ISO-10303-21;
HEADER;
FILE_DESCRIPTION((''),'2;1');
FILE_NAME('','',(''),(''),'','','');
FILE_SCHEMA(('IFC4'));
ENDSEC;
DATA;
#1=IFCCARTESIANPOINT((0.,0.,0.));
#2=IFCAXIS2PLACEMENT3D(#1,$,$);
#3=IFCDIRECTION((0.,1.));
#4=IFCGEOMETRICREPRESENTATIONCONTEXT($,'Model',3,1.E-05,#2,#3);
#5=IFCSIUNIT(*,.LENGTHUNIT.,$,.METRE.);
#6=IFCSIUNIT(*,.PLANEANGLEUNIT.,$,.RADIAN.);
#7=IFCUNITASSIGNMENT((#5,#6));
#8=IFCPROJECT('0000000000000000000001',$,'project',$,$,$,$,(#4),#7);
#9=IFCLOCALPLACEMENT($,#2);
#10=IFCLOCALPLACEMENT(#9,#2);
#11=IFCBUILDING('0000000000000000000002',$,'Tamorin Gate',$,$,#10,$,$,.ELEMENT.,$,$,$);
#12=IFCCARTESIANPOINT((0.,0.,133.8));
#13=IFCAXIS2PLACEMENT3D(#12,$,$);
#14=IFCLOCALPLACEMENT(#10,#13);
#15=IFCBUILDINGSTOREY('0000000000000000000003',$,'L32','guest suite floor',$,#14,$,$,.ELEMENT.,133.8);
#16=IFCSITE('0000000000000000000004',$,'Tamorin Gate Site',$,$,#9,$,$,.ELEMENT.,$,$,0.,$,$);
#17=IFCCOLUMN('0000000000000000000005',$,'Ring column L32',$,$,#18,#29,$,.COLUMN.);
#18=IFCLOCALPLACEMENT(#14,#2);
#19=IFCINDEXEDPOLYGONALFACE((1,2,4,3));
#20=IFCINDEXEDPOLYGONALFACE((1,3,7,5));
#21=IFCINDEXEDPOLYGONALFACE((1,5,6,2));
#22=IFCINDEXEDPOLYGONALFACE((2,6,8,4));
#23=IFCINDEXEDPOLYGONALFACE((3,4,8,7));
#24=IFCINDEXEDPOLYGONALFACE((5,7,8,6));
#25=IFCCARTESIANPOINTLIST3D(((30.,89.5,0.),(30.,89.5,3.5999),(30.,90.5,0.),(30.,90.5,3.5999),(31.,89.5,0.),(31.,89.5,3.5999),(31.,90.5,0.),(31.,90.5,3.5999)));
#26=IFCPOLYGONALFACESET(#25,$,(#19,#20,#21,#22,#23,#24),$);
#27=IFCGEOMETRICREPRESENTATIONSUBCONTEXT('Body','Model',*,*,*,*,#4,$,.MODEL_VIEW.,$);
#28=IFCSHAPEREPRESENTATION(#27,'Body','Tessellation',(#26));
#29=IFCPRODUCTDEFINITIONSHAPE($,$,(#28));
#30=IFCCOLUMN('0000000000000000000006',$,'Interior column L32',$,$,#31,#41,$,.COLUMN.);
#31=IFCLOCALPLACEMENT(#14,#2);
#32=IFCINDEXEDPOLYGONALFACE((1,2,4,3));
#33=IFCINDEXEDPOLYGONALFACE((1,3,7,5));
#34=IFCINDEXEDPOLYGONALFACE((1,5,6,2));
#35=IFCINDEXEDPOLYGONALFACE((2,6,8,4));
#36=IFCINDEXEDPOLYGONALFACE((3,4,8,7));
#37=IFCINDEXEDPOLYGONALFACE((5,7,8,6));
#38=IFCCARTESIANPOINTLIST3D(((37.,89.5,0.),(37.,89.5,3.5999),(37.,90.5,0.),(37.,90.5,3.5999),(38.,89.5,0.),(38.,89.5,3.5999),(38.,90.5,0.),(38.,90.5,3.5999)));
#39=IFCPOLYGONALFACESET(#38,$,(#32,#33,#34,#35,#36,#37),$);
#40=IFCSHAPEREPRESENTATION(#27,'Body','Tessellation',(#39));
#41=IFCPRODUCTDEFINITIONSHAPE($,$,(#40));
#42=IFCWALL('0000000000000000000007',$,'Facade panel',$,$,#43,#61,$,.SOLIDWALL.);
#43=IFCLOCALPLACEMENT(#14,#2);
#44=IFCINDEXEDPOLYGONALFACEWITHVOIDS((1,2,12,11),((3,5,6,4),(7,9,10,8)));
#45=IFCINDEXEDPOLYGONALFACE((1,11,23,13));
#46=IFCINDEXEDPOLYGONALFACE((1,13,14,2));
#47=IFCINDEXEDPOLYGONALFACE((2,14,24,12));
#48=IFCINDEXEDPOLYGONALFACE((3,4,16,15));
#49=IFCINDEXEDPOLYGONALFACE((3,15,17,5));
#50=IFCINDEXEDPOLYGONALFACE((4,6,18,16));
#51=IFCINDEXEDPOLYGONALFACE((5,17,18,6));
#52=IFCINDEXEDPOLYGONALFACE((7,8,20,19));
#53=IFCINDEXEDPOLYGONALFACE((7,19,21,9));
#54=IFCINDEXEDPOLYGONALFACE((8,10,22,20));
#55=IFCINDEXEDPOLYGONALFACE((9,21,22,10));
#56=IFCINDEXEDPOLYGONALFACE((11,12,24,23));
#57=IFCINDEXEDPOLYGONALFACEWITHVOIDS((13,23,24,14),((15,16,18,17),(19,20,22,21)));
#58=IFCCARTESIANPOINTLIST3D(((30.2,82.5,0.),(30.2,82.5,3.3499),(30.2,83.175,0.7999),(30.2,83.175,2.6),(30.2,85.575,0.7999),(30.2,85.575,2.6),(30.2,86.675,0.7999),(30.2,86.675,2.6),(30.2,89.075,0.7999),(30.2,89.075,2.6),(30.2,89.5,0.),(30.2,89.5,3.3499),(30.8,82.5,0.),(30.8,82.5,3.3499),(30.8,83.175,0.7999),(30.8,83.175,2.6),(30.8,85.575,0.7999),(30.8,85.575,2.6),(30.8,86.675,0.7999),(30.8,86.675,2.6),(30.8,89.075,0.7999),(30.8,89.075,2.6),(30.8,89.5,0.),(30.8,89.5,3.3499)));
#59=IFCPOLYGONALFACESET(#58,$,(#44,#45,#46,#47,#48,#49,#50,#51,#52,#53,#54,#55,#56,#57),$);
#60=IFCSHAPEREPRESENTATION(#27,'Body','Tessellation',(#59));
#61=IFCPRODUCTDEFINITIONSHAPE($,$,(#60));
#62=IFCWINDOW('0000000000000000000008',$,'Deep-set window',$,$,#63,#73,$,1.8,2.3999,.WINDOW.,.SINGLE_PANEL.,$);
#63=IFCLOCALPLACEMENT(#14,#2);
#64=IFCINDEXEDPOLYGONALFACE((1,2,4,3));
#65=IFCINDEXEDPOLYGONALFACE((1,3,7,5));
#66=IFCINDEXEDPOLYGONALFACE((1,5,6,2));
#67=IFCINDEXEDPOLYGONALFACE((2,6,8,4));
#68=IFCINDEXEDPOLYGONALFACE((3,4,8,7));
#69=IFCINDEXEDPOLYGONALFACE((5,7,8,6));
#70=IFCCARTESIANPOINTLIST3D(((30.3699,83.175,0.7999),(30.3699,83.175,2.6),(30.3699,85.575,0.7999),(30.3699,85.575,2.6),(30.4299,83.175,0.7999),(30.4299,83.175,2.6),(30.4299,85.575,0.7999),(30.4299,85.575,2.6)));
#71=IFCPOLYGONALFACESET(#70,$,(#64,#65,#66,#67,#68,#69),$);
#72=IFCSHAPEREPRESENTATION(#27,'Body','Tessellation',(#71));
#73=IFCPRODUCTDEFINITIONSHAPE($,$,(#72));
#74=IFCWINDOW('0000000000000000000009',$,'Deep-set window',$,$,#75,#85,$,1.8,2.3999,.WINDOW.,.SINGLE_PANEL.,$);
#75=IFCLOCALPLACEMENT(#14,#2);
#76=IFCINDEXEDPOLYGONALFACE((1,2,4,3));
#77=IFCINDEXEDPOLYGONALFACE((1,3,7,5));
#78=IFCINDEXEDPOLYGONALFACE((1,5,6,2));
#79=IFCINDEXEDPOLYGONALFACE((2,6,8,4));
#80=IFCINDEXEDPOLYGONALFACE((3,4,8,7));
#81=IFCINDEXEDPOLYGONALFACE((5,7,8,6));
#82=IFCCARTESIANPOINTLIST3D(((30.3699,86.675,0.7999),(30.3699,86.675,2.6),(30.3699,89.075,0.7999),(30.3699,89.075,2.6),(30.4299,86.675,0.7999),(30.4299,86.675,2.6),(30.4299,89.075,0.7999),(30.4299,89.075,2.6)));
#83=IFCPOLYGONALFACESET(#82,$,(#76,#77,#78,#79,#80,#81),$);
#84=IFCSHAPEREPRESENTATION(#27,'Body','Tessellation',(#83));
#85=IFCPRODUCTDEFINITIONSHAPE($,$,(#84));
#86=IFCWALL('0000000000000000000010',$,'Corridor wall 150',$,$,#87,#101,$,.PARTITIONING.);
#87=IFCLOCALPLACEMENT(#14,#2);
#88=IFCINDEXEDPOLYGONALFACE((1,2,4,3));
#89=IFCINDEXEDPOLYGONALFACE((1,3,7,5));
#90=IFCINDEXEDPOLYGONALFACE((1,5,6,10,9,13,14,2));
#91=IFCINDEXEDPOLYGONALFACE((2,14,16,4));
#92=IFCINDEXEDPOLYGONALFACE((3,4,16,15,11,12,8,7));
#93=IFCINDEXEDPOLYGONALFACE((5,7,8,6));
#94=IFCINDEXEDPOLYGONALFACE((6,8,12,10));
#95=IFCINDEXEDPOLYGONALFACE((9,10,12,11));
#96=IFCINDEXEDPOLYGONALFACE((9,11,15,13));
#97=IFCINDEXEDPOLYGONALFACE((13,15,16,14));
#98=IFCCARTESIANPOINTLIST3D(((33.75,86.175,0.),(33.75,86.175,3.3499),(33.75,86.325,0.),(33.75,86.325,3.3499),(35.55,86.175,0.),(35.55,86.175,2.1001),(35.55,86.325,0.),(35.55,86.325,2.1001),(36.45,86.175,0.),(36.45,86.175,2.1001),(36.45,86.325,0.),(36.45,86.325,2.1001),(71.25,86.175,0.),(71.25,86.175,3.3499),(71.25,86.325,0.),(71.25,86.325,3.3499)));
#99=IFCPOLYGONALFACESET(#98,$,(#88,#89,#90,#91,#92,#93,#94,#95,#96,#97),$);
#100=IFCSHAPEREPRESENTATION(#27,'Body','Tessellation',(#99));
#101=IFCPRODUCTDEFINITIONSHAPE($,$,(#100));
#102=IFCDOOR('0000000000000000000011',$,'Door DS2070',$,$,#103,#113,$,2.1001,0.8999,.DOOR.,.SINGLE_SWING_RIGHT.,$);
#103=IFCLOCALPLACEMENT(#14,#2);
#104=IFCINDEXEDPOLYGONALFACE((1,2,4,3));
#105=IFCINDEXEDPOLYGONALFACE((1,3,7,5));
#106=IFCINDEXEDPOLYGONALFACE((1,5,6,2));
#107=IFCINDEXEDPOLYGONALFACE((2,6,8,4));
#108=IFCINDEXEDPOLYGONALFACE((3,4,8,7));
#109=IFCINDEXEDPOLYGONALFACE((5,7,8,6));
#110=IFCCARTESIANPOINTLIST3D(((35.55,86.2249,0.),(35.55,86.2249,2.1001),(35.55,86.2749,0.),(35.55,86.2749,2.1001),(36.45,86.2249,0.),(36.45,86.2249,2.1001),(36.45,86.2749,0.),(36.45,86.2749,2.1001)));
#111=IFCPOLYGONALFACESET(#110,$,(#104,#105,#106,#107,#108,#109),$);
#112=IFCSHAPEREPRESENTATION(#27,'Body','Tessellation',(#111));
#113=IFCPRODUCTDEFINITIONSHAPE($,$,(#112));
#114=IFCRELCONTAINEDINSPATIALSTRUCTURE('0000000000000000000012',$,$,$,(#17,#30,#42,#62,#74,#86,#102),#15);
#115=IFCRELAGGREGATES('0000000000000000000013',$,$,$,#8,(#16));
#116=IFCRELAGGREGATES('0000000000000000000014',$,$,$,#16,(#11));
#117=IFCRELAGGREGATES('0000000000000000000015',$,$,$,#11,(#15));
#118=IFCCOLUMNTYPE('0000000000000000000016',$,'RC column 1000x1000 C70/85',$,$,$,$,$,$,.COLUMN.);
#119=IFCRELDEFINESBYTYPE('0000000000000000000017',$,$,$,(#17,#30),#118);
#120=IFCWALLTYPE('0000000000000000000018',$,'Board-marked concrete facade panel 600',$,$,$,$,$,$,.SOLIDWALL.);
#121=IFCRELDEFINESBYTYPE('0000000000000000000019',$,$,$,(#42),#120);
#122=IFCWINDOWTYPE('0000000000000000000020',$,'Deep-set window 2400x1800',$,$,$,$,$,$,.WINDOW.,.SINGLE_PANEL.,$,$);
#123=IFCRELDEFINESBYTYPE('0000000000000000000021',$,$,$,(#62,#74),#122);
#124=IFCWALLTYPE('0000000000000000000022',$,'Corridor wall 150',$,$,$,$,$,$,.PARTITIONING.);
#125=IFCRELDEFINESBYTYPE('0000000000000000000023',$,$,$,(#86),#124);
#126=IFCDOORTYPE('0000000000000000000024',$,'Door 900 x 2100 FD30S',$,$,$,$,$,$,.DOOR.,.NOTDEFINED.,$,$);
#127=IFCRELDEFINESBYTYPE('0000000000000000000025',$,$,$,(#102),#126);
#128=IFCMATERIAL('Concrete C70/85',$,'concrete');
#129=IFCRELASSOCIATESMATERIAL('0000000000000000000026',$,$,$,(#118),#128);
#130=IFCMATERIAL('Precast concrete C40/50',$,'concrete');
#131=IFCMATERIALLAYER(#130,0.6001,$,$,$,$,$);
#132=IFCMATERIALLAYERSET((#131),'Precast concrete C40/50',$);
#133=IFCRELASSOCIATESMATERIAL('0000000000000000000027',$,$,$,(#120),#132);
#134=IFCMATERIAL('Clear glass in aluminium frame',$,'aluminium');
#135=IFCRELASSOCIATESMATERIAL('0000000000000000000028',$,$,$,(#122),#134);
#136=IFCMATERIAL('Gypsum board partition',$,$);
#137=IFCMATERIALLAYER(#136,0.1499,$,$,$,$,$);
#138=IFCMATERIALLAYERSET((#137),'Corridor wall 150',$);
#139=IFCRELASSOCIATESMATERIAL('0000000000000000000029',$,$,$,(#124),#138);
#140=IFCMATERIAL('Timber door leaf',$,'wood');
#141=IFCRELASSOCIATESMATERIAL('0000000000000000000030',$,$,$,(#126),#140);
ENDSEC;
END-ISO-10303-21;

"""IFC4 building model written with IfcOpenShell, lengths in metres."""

from ifc_helpers import new_model, si_unit, direction, frame, frame_2d, origin, origin_2d, place, context, subcontext, project, spatial, rectangle, extrude, material, layer, layer_set, material_profile, profile_set, type_object, element, fill, save


model = new_model("IFC4")

# Units and contexts
model_context = context("Model", 3, precision=1e-05, world=origin(), true_north=direction((0.0, 1.0)))
body_context = subcontext(model_context, "Body", "Model", "MODEL_VIEW")
ifc_project = project(units=[si_unit("LENGTHUNIT", "METRE"), si_unit("PLANEANGLEUNIT", "RADIAN")], contexts=[model_context])

# Site, building, storey
site_placement = place(None, origin())
site = spatial("IfcSite", under=ifc_project, at=site_placement, Name="Tamorin Gate Site", CompositionType="ELEMENT", RefElevation=0.0)
building_placement = place(site_placement, origin())
building = spatial("IfcBuilding", under=site, at=building_placement, Name="Tamorin Gate", CompositionType="ELEMENT")
storey_placement = place(building_placement, frame((0.0, 0.0, 133.8)))
storey = spatial("IfcBuildingStorey", under=building, at=storey_placement, Name="L32", Description="guest suite floor", CompositionType="ELEMENT", Elevation=133.8)

# Columns
ifc_material_1 = material(Name="Concrete C70/85", Category="concrete")
ifc_material_profile = material_profile(ifc_material_1, rectangle(XDim=1.0, YDim=1.0, at=origin_2d()), Name="RC 1000x1000")
ifc_profile_set = profile_set([ifc_material_profile], Name="Concrete C70/85")
column_type = type_object("IfcColumnType", Name="RC column 1000x1000 C70/85", PredefinedType="COLUMN", material=ifc_profile_set)
for number, where, z_axis, x_axis, name in (
    (1, (30.5, 90.0, 0.0), (0.0, 0.0, 1.0), (1.0, 0.0, 0.0), "Ring column L32"),
    (2, (37.5, 90.0, 0.0), (0.0, 0.0, 1.0), (1.0, 0.0, 0.0), "Interior column L32"),
):
    element("IfcColumn", number, at=place(storey_placement, frame(where, z_axis=z_axis, x_axis=x_axis)), inside=storey, type_object=column_type, Name=name, PredefinedType="COLUMN", context=body_context, shape_type="SweptSolid", body=[
        extrude(rectangle(XDim=1.0, YDim=1.0, at=origin_2d()), origin(), (0.0, 0.0, 1.0), 3.5999),
    ])

# Wall, openings, windows
ifc_material_2 = material(Name="Precast concrete C40/50", Category="concrete")
ifc_layer_1 = layer(ifc_material_2, 0.6001)
ifc_layer_set_1 = layer_set([ifc_layer_1], Name="Precast concrete C40/50")
wall_type_1 = type_object("IfcWallType", Name="Board-marked concrete facade panel 600", PredefinedType="SOLIDWALL", material=ifc_layer_set_1)
wall_1_placement = place(storey_placement, frame((30.5, 89.5, 0.0), z_axis=(0.0, 0.0, 1.0), x_axis=(0.0, -1.0, 0.0)))
wall_1 = element("IfcWall", 3, at=wall_1_placement, inside=storey, type_object=wall_type_1, Name="Facade panel", PredefinedType="SOLIDWALL", context=body_context, shape_type="SweptSolid", body=[
    extrude(rectangle(XDim=7.0, YDim=0.6001, at=frame_2d((3.5, 0.0))), origin(), (0.0, 0.0, 1.0), 3.3499),
])
opening_1_placement = place(wall_1_placement, frame((3.925, 0.0, 0.8)))
opening_1 = element("IfcOpeningElement", 4, at=opening_1_placement, cuts=wall_1, PredefinedType="OPENING", context=body_context, shape_type="SweptSolid", body=[
    extrude(rectangle(XDim=2.3999, YDim=1.8, at=frame_2d((1.2, 0.8999))), frame((0.0, 0.3101, 0.0), z_axis=(0.0, -1.0, 0.0), x_axis=(1.0, 0.0, 0.0)), (0.0, 0.0, 1.0), 0.6201),
])
opening_2_placement = place(wall_1_placement, frame((0.425, 0.0, 0.8)))
opening_2 = element("IfcOpeningElement", 5, at=opening_2_placement, cuts=wall_1, PredefinedType="OPENING", context=body_context, shape_type="SweptSolid", body=[
    extrude(rectangle(XDim=2.3999, YDim=1.8, at=frame_2d((1.2, 0.8999))), frame((0.0, 0.3101, 0.0), z_axis=(0.0, -1.0, 0.0), x_axis=(1.0, 0.0, 0.0)), (0.0, 0.0, 1.0), 0.6201),
])
ifc_material_3 = material(Name="Clear glass in aluminium frame", Category="aluminium")
window_type = type_object("IfcWindowType", Name="Deep-set window 2400x1800", PartitioningType="SINGLE_PANEL", PredefinedType="WINDOW", material=ifc_material_3)
window_1_placement = place(opening_1_placement, origin())
window_1 = element("IfcWindow", 6, at=window_1_placement, inside=storey, type_object=window_type, Name="Deep-set window", OverallHeight=1.8, OverallWidth=2.3999, PartitioningType="SINGLE_PANEL", PredefinedType="WINDOW", context=body_context, shape_type="SweptSolid", body=[
    extrude(rectangle(XDim=2.3999, YDim=1.8, at=frame_2d((1.2, 0.8999))), frame((0.0, -0.0701, 0.0), z_axis=(0.0, -1.0, 0.0), x_axis=(1.0, 0.0, 0.0)), (0.0, 0.0, 1.0), 0.0601),
])
fill(opening_1, window_1)
window_2_placement = place(opening_2_placement, origin())
window_2 = element("IfcWindow", 7, at=window_2_placement, inside=storey, type_object=window_type, Name="Deep-set window", OverallHeight=1.8, OverallWidth=2.3999, PartitioningType="SINGLE_PANEL", PredefinedType="WINDOW", context=body_context, shape_type="SweptSolid", body=[
    extrude(rectangle(XDim=2.3999, YDim=1.8, at=frame_2d((1.2, 0.8999))), frame((0.0, -0.0701, 0.0), z_axis=(0.0, -1.0, 0.0), x_axis=(1.0, 0.0, 0.0)), (0.0, 0.0, 1.0), 0.0601),
])
fill(opening_2, window_2)

# Wall, opening, door
ifc_material_4 = material(Name="Gypsum board partition")
ifc_layer_2 = layer(ifc_material_4, 0.1499)
ifc_layer_set_2 = layer_set([ifc_layer_2], Name="Corridor wall 150")
wall_type_2 = type_object("IfcWallType", Name="Corridor wall 150", PredefinedType="PARTITIONING", material=ifc_layer_set_2)
wall_2_placement = place(storey_placement, frame((33.75, 86.25, 0.0), z_axis=(0.0, 0.0, 1.0), x_axis=(1.0, 0.0, 0.0)))
wall_2 = element("IfcWall", 8, at=wall_2_placement, inside=storey, type_object=wall_type_2, Name="Corridor wall 150", PredefinedType="PARTITIONING", context=body_context, shape_type="SweptSolid", body=[
    extrude(rectangle(XDim=37.5, YDim=0.1499, at=frame_2d((18.75, 0.0))), origin(), (0.0, 0.0, 1.0), 3.3499),
])
opening_3_placement = place(wall_2_placement, frame((1.8, 0.0, 0.0)))
opening_3 = element("IfcOpeningElement", 9, at=opening_3_placement, cuts=wall_2, PredefinedType="OPENING", context=body_context, shape_type="SweptSolid", body=[
    extrude(rectangle(XDim=0.8999, YDim=2.1001, at=frame_2d((0.45, 1.05))), frame((0.0, 0.085, 0.0), z_axis=(0.0, -1.0, 0.0), x_axis=(1.0, 0.0, 0.0)), (0.0, 0.0, 1.0), 0.1699),
])
ifc_material_5 = material(Name="Timber door leaf", Category="wood")
door_type_1 = type_object("IfcDoorType", Name="Door 900 x 2100 FD30S", OperationType="NOTDEFINED", PredefinedType="DOOR", material=ifc_material_5)
door_1_placement = place(opening_3_placement, origin())
door_1 = element("IfcDoor", 10, at=door_1_placement, inside=storey, type_object=door_type_1, Name="Door DS2070", OperationType="SINGLE_SWING_RIGHT", OverallHeight=2.1001, OverallWidth=0.8999, PredefinedType="DOOR", context=body_context, shape_type="SweptSolid", body=[
    extrude(rectangle(XDim=0.8999, YDim=2.1001, at=frame_2d((0.45, 1.05))), frame((0.0, 0.0249, 0.0), z_axis=(0.0, -1.0, 0.0), x_axis=(1.0, 0.0, 0.0)), (0.0, 0.0, 1.0), 0.05),
])
fill(opening_3, door_1)

save(model, "model.ifc")
